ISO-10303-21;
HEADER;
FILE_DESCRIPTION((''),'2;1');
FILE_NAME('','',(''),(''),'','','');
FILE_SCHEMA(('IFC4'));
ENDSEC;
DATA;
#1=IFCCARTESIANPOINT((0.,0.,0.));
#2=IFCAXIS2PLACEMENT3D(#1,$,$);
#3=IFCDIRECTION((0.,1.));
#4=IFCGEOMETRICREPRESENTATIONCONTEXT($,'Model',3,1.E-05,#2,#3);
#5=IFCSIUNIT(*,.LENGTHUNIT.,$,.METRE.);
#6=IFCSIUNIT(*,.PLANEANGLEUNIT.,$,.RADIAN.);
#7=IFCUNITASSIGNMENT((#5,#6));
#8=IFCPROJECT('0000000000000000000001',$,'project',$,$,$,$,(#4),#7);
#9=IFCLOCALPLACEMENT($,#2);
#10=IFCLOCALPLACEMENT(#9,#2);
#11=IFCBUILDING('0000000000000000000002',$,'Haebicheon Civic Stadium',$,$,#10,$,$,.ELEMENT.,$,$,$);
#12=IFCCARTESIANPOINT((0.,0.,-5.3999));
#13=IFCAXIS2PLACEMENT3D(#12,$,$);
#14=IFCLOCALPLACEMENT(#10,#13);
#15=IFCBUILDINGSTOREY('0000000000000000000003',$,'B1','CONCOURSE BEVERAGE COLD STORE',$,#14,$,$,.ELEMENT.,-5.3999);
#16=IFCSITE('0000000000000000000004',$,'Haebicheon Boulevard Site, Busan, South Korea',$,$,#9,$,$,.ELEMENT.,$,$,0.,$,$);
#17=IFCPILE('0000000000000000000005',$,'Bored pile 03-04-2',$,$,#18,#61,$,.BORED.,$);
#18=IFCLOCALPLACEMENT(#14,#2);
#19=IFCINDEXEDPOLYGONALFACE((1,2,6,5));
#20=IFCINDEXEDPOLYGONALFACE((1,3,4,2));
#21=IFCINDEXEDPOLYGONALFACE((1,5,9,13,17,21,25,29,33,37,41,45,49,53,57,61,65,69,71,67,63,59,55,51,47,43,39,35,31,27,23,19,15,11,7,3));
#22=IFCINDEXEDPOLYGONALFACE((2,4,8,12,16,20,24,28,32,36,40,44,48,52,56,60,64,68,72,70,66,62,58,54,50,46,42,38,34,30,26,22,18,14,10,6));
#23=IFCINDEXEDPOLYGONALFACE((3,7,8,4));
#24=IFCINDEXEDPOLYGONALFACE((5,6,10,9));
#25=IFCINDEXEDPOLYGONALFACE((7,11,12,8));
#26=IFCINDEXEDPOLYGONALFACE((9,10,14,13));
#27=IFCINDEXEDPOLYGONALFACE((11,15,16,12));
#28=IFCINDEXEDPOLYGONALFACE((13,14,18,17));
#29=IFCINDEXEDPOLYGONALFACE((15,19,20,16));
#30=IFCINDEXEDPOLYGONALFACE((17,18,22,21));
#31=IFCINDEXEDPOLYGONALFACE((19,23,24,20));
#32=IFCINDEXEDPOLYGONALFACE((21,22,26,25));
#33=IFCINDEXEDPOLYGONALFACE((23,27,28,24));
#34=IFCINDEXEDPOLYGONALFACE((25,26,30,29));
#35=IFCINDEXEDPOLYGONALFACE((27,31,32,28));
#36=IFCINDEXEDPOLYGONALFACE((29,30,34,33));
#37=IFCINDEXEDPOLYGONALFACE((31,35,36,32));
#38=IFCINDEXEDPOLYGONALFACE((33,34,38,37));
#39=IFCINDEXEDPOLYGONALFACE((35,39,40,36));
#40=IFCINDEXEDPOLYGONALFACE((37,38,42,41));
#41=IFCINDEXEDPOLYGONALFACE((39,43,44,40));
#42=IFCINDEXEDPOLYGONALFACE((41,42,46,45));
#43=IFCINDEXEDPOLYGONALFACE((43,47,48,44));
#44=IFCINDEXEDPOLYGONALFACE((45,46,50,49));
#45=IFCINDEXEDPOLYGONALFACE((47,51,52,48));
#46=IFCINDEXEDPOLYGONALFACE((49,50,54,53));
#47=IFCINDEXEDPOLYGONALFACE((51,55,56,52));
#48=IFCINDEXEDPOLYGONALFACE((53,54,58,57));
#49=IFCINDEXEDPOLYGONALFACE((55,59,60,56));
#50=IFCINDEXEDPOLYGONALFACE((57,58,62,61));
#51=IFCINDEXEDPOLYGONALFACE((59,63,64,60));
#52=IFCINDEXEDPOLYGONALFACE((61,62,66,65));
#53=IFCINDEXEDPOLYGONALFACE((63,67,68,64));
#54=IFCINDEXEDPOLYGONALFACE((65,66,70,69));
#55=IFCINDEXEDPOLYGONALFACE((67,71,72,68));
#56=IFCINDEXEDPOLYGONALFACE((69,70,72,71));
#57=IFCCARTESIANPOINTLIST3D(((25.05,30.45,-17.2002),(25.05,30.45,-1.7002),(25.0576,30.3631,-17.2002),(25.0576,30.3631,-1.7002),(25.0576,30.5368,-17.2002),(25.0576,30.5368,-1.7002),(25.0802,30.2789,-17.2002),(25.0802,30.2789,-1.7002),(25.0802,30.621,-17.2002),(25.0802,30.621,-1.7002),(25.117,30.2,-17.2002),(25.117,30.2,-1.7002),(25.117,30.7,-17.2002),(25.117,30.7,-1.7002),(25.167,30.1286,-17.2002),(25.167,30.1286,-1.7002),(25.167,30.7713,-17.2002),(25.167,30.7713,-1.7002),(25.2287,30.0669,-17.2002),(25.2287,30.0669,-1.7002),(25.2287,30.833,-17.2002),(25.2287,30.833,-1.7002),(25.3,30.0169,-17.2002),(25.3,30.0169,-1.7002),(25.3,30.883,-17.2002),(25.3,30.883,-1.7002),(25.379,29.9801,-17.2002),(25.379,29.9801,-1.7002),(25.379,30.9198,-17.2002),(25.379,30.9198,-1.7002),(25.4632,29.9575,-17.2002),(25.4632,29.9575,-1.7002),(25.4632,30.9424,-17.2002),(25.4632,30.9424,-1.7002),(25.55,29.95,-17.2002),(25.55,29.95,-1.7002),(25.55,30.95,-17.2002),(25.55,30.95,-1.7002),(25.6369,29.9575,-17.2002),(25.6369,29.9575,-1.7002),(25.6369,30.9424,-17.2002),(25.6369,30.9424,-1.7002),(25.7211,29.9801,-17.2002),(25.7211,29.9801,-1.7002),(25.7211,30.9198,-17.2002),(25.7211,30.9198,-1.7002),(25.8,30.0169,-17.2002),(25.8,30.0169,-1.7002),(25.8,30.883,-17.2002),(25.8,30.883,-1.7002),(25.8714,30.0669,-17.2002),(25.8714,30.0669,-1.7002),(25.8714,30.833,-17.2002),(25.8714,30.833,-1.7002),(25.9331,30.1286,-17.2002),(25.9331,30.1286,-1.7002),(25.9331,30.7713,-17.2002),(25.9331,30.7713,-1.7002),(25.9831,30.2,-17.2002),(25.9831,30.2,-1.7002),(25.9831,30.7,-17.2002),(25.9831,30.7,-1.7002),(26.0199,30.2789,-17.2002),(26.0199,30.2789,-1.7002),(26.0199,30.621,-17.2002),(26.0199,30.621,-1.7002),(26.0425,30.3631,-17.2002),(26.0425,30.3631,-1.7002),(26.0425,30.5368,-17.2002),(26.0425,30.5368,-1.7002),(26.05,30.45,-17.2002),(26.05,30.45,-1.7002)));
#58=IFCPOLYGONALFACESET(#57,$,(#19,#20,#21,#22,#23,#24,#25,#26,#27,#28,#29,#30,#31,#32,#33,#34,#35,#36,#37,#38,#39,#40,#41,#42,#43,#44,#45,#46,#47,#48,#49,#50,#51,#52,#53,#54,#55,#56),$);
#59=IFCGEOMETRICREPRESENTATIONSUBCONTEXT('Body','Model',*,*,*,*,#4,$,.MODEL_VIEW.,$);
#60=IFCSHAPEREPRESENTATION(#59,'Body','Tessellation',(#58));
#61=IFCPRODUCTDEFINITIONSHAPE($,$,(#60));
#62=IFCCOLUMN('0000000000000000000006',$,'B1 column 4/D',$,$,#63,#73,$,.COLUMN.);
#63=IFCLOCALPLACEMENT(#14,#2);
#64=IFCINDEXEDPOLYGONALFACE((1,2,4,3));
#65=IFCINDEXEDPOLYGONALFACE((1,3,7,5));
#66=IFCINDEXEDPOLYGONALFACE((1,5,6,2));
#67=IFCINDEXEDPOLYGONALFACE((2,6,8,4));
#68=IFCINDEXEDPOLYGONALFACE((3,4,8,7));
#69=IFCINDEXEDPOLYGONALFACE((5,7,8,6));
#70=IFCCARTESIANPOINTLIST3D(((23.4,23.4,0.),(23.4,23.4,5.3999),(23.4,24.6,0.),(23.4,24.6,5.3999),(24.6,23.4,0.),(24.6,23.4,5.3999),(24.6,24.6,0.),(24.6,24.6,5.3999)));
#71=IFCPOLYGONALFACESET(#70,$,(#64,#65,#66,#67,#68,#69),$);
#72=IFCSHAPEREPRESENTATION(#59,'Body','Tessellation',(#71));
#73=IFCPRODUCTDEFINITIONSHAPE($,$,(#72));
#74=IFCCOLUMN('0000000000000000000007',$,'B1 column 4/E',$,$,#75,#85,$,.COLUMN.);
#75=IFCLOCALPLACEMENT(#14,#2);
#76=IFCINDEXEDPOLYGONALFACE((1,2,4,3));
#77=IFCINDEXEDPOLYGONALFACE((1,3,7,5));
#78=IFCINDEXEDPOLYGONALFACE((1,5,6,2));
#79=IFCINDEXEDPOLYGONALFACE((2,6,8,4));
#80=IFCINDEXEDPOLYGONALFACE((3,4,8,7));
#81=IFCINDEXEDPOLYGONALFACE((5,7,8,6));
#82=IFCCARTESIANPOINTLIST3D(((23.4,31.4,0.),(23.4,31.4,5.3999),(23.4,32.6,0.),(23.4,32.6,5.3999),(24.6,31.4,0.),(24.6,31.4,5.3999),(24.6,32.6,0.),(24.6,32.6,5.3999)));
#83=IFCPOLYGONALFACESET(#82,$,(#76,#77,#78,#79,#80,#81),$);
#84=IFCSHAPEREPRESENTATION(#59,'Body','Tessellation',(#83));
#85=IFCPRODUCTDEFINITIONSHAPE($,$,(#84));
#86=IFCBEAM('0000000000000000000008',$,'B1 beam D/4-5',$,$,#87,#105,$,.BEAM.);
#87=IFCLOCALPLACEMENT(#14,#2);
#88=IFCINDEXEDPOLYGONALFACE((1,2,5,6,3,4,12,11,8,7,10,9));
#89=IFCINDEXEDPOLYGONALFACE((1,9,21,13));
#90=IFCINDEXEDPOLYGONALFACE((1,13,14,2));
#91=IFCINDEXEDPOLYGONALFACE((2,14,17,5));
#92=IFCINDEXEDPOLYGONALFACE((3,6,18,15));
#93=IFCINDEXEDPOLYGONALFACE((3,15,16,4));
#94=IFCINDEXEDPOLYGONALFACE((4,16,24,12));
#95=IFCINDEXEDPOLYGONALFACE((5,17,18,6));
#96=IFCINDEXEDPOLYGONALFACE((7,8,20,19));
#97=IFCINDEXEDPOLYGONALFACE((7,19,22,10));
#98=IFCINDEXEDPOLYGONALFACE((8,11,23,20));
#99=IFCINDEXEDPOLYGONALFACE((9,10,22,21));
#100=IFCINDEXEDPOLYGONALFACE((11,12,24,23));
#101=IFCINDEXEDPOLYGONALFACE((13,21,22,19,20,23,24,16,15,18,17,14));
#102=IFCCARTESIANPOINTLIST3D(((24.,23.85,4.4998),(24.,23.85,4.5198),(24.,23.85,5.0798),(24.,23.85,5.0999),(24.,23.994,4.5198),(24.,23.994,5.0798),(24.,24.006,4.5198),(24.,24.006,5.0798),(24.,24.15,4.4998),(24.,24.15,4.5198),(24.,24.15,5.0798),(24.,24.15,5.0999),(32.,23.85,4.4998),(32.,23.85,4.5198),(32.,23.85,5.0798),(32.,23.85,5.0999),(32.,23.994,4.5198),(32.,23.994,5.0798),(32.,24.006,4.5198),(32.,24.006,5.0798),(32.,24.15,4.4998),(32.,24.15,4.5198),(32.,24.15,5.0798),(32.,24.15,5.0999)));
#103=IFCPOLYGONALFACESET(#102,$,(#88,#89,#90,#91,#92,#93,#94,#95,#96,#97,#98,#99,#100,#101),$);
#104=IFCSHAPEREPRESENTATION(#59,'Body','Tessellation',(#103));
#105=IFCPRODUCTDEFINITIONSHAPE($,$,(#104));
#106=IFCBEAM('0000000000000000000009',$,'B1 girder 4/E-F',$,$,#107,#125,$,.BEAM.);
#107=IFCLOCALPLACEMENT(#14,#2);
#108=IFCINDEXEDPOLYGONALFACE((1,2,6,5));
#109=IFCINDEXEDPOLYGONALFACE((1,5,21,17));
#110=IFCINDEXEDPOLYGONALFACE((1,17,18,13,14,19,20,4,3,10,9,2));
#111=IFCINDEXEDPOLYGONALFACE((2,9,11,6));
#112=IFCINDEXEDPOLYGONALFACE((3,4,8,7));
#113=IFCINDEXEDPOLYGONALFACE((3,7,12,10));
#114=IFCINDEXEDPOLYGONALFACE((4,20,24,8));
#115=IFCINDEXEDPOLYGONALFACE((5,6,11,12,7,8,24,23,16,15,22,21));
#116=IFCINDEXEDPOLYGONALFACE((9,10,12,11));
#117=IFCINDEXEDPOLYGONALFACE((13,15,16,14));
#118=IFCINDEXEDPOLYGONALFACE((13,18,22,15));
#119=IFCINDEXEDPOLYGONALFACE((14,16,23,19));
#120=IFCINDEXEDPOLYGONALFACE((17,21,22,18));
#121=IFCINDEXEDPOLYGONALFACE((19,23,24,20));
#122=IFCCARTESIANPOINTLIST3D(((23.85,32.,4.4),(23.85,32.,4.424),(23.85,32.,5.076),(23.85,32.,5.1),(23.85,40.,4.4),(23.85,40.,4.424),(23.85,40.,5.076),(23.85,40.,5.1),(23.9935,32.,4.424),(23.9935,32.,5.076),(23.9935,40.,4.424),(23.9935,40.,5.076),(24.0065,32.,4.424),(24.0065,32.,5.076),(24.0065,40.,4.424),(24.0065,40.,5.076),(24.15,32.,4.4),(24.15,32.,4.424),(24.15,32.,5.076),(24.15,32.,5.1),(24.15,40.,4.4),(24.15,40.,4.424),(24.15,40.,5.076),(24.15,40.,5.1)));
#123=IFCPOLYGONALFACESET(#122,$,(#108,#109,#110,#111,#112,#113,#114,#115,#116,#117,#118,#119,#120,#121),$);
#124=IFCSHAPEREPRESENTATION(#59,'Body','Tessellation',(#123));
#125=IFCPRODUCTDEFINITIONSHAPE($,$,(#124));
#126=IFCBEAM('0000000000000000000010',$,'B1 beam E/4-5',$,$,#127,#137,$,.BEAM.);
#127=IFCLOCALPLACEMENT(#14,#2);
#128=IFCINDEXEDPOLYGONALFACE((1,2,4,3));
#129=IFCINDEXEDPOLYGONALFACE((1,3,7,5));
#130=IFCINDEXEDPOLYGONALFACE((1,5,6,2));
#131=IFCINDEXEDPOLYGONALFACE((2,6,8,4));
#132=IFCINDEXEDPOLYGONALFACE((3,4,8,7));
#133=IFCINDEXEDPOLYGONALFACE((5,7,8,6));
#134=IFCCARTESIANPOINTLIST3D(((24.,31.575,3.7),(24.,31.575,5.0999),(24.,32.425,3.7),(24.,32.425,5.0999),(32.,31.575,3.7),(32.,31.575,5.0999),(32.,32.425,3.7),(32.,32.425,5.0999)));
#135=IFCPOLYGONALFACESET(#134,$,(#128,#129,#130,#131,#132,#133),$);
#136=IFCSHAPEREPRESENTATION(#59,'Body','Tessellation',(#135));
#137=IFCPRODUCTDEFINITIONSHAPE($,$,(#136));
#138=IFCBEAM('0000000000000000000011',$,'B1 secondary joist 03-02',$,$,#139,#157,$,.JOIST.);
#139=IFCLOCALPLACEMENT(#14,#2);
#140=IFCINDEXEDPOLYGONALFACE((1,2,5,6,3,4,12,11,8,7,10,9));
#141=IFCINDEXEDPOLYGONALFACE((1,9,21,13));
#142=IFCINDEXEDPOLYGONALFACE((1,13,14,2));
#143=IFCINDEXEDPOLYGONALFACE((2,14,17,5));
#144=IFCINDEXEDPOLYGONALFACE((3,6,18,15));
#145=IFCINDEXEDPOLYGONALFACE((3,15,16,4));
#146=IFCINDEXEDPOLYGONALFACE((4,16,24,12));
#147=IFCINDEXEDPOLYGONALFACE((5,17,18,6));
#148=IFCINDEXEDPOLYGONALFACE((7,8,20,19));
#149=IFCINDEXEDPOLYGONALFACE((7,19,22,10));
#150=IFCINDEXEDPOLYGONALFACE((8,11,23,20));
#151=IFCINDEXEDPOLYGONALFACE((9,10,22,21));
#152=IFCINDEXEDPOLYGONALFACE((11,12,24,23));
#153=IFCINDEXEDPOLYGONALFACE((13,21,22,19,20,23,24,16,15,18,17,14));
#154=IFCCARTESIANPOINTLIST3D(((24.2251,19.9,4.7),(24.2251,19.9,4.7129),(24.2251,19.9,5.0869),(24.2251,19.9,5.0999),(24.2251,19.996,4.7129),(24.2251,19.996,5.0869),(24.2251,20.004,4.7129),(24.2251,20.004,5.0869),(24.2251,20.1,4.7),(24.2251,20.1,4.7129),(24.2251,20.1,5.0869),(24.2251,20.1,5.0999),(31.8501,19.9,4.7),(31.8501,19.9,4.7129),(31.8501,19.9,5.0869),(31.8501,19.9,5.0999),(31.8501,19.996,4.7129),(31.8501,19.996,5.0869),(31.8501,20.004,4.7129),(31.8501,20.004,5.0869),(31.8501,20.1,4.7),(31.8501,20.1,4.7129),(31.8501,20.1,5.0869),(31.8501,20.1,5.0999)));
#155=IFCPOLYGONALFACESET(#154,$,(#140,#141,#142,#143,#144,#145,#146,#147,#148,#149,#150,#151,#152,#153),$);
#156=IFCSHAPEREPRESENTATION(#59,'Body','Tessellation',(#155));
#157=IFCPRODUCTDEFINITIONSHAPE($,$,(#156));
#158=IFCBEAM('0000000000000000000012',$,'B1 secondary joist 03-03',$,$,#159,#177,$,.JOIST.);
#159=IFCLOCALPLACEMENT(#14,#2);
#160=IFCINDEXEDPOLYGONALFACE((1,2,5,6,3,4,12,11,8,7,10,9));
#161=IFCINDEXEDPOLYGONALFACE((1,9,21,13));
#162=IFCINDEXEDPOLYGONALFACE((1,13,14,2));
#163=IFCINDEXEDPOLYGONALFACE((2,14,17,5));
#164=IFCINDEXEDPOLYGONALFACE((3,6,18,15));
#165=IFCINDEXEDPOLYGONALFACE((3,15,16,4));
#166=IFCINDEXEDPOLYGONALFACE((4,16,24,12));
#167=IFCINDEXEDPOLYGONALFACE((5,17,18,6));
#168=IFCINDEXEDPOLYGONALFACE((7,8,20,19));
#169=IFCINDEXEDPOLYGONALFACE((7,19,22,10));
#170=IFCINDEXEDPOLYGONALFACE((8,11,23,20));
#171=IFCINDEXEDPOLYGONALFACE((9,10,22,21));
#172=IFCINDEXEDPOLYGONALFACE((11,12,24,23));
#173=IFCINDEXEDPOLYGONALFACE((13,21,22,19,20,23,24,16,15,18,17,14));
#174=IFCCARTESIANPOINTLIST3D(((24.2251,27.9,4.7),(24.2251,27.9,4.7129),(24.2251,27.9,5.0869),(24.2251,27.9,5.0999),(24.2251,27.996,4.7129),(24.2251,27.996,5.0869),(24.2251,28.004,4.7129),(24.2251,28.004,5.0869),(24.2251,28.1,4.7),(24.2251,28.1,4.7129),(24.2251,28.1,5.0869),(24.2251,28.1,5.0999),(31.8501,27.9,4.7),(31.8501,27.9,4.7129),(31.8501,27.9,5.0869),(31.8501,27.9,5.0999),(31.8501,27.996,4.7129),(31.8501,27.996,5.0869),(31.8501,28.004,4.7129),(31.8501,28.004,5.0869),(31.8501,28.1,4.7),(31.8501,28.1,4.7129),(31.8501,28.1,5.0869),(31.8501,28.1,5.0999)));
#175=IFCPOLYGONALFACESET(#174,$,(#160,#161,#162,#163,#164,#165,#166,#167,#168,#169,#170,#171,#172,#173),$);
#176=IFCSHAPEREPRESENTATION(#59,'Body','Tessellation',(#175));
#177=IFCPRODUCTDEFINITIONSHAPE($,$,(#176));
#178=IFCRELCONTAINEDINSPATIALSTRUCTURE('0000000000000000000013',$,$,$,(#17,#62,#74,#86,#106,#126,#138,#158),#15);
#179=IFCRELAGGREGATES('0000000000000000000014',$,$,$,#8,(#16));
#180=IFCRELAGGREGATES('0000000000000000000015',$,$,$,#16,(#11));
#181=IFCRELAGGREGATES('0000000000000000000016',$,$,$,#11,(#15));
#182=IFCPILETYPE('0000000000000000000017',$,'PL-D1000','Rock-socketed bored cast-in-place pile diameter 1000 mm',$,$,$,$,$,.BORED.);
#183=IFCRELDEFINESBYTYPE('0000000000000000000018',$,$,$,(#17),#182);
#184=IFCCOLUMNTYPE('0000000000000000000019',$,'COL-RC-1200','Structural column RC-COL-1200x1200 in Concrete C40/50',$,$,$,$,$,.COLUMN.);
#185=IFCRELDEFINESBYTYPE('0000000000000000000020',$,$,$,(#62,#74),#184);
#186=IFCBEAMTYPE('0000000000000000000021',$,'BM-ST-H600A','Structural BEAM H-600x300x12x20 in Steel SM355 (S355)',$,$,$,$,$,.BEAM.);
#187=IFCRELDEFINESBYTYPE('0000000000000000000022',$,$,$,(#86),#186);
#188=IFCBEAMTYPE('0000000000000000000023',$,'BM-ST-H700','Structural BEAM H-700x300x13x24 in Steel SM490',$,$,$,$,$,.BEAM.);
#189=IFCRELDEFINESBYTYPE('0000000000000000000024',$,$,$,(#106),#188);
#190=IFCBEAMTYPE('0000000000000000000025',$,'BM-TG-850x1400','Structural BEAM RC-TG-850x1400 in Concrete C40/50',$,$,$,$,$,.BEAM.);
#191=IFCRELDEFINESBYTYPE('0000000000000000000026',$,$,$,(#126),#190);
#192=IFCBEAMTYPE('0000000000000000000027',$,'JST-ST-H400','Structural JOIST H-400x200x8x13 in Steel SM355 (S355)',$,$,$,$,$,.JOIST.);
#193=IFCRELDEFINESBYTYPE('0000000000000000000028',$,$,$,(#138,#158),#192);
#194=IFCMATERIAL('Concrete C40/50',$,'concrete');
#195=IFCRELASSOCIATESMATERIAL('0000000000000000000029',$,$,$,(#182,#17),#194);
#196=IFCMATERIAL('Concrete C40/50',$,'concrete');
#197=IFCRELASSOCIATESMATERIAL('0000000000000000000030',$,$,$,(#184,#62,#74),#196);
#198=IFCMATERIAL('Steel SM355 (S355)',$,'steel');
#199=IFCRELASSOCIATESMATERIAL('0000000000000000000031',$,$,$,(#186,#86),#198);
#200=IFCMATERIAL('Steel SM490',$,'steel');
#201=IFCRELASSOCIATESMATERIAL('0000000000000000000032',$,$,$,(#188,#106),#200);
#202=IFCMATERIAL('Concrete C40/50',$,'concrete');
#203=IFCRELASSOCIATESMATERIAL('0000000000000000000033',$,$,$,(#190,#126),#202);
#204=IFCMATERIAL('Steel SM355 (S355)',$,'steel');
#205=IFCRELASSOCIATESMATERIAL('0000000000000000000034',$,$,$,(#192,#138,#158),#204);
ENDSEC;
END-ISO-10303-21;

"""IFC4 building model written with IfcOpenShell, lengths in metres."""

from ifc_helpers import new_model, si_unit, direction, frame, origin, origin_2d, place, context, subcontext, project, spatial, rectangle, circle, i_section, extrude, material, material_profile, profile_set, type_object, element, save


model = new_model("IFC4")

# Units and contexts
model_context = context("Model", 3, precision=1e-05, world=origin(), true_north=direction((0.0, 1.0)))
body_context = subcontext(model_context, "Body", "Model", "MODEL_VIEW")
ifc_project = project(units=[si_unit("LENGTHUNIT", "METRE"), si_unit("PLANEANGLEUNIT", "RADIAN")], contexts=[model_context])

# Site, building, storey
site_placement = place(None, origin())
site = spatial("IfcSite", under=ifc_project, at=site_placement, Name="Haebicheon Boulevard Site, Busan, South Korea", CompositionType="ELEMENT", RefElevation=0.0)
building_placement = place(site_placement, origin())
building = spatial("IfcBuilding", under=site, at=building_placement, Name="Haebicheon Civic Stadium", CompositionType="ELEMENT")
storey_placement = place(building_placement, frame((0.0, 0.0, -5.3999)))
storey = spatial("IfcBuildingStorey", under=building, at=storey_placement, Name="B1", Description="CONCOURSE BEVERAGE COLD STORE", CompositionType="ELEMENT", Elevation=-5.3999)

# Pile
ifc_material_1 = material(Name="Concrete C40/50", Category="concrete")
ifc_material_profile_1 = material_profile(ifc_material_1, circle(Radius=0.5, at=origin_2d()), Name="PILE-D1000")
ifc_profile_set_1 = profile_set([ifc_material_profile_1], Name="Concrete C40/50")
pile_type = type_object("IfcPileType", Name="PL-D1000", Description="Rock-socketed bored cast-in-place pile diameter 1000 mm", PredefinedType="BORED", material=ifc_profile_set_1)
for number, where, z_axis, x_axis, name in (
    (1, (25.55, 30.45, -1.7002), (0.0, 0.0, -1.0), (1.0, 0.0, 0.0), "Bored pile 03-04-2"),
):
    element("IfcPile", number, at=place(storey_placement, frame(where, z_axis=z_axis, x_axis=x_axis)), inside=storey, type_object=pile_type, material=ifc_profile_set_1, Name=name, PredefinedType="BORED", context=body_context, shape_type="SweptSolid", body=[
        extrude(circle(Radius=0.5, at=origin_2d()), origin(), (0.0, 0.0, 1.0), 15.5),
    ])

# Columns
ifc_material_2 = material(Name="Concrete C40/50", Category="concrete")
ifc_material_profile_2 = material_profile(ifc_material_2, rectangle(XDim=1.2, YDim=1.2, at=origin_2d()), Name="RC-COL-1200x1200")
ifc_profile_set_2 = profile_set([ifc_material_profile_2], Name="Concrete C40/50")
column_type = type_object("IfcColumnType", Name="COL-RC-1200", Description="Structural column RC-COL-1200x1200 in Concrete C40/50", PredefinedType="COLUMN", material=ifc_profile_set_2)
for number, where, z_axis, x_axis, name in (
    (2, (24.0, 24.0, 0.0), (0.0, 0.0, 1.0), (1.0, 0.0, 0.0), "B1 column 4/D"),
    (3, (24.0, 32.0, 0.0), (0.0, 0.0, 1.0), (1.0, 0.0, 0.0), "B1 column 4/E"),
):
    element("IfcColumn", number, at=place(storey_placement, frame(where, z_axis=z_axis, x_axis=x_axis)), inside=storey, type_object=column_type, material=ifc_profile_set_2, Name=name, PredefinedType="COLUMN", context=body_context, shape_type="SweptSolid", body=[
        extrude(rectangle(XDim=1.2, YDim=1.2, at=origin_2d()), origin(), (0.0, 0.0, 1.0), 5.3999),
    ])

# Beams
ifc_material_3 = material(Name="Steel SM355 (S355)", Category="steel")
ifc_material_profile_3 = material_profile(ifc_material_3, i_section(OverallWidth=0.3, OverallDepth=0.6001, WebThickness=0.012, FlangeThickness=0.02, at=origin_2d()), Name="H-600x300x12x20")
ifc_profile_set_3 = profile_set([ifc_material_profile_3], Name="Steel SM355 (S355)")
beam_type_1 = type_object("IfcBeamType", Name="BM-ST-H600A", Description="Structural BEAM H-600x300x12x20 in Steel SM355 (S355)", PredefinedType="BEAM", material=ifc_profile_set_3)
beam_1_placement = place(storey_placement, frame((24.0, 24.0, 4.7998), z_axis=(1.0, 0.0, 0.0), x_axis=(0.0, 1.0, 0.0)))
element("IfcBeam", 4, at=beam_1_placement, inside=storey, type_object=beam_type_1, material=ifc_profile_set_3, Name="B1 beam D/4-5", PredefinedType="BEAM", context=body_context, shape_type="SweptSolid", body=[
    extrude(i_section(OverallWidth=0.3, OverallDepth=0.6001, WebThickness=0.012, FlangeThickness=0.02, at=origin_2d()), origin(), (0.0, 0.0, 1.0), 8.0),
])
ifc_material_4 = material(Name="Steel SM490", Category="steel")
ifc_material_profile_4 = material_profile(ifc_material_4, i_section(OverallWidth=0.3, OverallDepth=0.7, WebThickness=0.0129, FlangeThickness=0.0239, at=origin_2d()), Name="H-700x300x13x24")
ifc_profile_set_4 = profile_set([ifc_material_profile_4], Name="Steel SM490")
beam_type_2 = type_object("IfcBeamType", Name="BM-ST-H700", Description="Structural BEAM H-700x300x13x24 in Steel SM490", PredefinedType="BEAM", material=ifc_profile_set_4)
beam_2_placement = place(storey_placement, frame((24.0, 32.0, 4.75), z_axis=(0.0, 1.0, 0.0), x_axis=(-1.0, 0.0, 0.0)))
element("IfcBeam", 5, at=beam_2_placement, inside=storey, type_object=beam_type_2, material=ifc_profile_set_4, Name="B1 girder 4/E-F", PredefinedType="BEAM", context=body_context, shape_type="SweptSolid", body=[
    extrude(i_section(OverallWidth=0.3, OverallDepth=0.7, WebThickness=0.0129, FlangeThickness=0.0239, at=origin_2d()), origin(), (0.0, 0.0, 1.0), 8.0),
])
ifc_material_5 = material(Name="Concrete C40/50", Category="concrete")
ifc_material_profile_5 = material_profile(ifc_material_5, rectangle(XDim=0.8501, YDim=1.3999, at=origin_2d()), Name="RC-TG-850x1400")
ifc_profile_set_5 = profile_set([ifc_material_profile_5], Name="Concrete C40/50")
beam_type_3 = type_object("IfcBeamType", Name="BM-TG-850x1400", Description="Structural BEAM RC-TG-850x1400 in Concrete C40/50", PredefinedType="BEAM", material=ifc_profile_set_5)
beam_3_placement = place(storey_placement, frame((24.0, 32.0, 4.3999), z_axis=(1.0, 0.0, 0.0), x_axis=(0.0, 1.0, 0.0)))
element("IfcBeam", 6, at=beam_3_placement, inside=storey, type_object=beam_type_3, material=ifc_profile_set_5, Name="B1 beam E/4-5", PredefinedType="BEAM", context=body_context, shape_type="SweptSolid", body=[
    extrude(rectangle(XDim=0.8501, YDim=1.3999, at=origin_2d()), origin(), (0.0, 0.0, 1.0), 8.0),
])
ifc_material_6 = material(Name="Steel SM355 (S355)", Category="steel")
ifc_material_profile_6 = material_profile(ifc_material_6, i_section(OverallWidth=0.2, OverallDepth=0.3999, WebThickness=0.0081, FlangeThickness=0.0129, at=origin_2d()), Name="H-400x200x8x13")
ifc_profile_set_6 = profile_set([ifc_material_profile_6], Name="Steel SM355 (S355)")
beam_type_4 = type_object("IfcBeamType", Name="JST-ST-H400", Description="Structural JOIST H-400x200x8x13 in Steel SM355 (S355)", PredefinedType="JOIST", material=ifc_profile_set_6)
for number, where, z_axis, x_axis, name in (
    (7, (24.2251, 20.0, 4.8999), (1.0, 0.0, 0.0), (0.0, 1.0, 0.0), "B1 secondary joist 03-02"),
    (8, (24.2251, 28.0, 4.8999), (1.0, 0.0, 0.0), (0.0, 1.0, 0.0), "B1 secondary joist 03-03"),
):
    element("IfcBeam", number, at=place(storey_placement, frame(where, z_axis=z_axis, x_axis=x_axis)), inside=storey, type_object=beam_type_4, material=ifc_profile_set_6, Name=name, PredefinedType="JOIST", context=body_context, shape_type="SweptSolid", body=[
        extrude(i_section(OverallWidth=0.2, OverallDepth=0.3999, WebThickness=0.0081, FlangeThickness=0.0129, at=origin_2d()), origin(), (0.0, 0.0, 1.0), 7.625),
    ])

save(model, "model.ifc")
